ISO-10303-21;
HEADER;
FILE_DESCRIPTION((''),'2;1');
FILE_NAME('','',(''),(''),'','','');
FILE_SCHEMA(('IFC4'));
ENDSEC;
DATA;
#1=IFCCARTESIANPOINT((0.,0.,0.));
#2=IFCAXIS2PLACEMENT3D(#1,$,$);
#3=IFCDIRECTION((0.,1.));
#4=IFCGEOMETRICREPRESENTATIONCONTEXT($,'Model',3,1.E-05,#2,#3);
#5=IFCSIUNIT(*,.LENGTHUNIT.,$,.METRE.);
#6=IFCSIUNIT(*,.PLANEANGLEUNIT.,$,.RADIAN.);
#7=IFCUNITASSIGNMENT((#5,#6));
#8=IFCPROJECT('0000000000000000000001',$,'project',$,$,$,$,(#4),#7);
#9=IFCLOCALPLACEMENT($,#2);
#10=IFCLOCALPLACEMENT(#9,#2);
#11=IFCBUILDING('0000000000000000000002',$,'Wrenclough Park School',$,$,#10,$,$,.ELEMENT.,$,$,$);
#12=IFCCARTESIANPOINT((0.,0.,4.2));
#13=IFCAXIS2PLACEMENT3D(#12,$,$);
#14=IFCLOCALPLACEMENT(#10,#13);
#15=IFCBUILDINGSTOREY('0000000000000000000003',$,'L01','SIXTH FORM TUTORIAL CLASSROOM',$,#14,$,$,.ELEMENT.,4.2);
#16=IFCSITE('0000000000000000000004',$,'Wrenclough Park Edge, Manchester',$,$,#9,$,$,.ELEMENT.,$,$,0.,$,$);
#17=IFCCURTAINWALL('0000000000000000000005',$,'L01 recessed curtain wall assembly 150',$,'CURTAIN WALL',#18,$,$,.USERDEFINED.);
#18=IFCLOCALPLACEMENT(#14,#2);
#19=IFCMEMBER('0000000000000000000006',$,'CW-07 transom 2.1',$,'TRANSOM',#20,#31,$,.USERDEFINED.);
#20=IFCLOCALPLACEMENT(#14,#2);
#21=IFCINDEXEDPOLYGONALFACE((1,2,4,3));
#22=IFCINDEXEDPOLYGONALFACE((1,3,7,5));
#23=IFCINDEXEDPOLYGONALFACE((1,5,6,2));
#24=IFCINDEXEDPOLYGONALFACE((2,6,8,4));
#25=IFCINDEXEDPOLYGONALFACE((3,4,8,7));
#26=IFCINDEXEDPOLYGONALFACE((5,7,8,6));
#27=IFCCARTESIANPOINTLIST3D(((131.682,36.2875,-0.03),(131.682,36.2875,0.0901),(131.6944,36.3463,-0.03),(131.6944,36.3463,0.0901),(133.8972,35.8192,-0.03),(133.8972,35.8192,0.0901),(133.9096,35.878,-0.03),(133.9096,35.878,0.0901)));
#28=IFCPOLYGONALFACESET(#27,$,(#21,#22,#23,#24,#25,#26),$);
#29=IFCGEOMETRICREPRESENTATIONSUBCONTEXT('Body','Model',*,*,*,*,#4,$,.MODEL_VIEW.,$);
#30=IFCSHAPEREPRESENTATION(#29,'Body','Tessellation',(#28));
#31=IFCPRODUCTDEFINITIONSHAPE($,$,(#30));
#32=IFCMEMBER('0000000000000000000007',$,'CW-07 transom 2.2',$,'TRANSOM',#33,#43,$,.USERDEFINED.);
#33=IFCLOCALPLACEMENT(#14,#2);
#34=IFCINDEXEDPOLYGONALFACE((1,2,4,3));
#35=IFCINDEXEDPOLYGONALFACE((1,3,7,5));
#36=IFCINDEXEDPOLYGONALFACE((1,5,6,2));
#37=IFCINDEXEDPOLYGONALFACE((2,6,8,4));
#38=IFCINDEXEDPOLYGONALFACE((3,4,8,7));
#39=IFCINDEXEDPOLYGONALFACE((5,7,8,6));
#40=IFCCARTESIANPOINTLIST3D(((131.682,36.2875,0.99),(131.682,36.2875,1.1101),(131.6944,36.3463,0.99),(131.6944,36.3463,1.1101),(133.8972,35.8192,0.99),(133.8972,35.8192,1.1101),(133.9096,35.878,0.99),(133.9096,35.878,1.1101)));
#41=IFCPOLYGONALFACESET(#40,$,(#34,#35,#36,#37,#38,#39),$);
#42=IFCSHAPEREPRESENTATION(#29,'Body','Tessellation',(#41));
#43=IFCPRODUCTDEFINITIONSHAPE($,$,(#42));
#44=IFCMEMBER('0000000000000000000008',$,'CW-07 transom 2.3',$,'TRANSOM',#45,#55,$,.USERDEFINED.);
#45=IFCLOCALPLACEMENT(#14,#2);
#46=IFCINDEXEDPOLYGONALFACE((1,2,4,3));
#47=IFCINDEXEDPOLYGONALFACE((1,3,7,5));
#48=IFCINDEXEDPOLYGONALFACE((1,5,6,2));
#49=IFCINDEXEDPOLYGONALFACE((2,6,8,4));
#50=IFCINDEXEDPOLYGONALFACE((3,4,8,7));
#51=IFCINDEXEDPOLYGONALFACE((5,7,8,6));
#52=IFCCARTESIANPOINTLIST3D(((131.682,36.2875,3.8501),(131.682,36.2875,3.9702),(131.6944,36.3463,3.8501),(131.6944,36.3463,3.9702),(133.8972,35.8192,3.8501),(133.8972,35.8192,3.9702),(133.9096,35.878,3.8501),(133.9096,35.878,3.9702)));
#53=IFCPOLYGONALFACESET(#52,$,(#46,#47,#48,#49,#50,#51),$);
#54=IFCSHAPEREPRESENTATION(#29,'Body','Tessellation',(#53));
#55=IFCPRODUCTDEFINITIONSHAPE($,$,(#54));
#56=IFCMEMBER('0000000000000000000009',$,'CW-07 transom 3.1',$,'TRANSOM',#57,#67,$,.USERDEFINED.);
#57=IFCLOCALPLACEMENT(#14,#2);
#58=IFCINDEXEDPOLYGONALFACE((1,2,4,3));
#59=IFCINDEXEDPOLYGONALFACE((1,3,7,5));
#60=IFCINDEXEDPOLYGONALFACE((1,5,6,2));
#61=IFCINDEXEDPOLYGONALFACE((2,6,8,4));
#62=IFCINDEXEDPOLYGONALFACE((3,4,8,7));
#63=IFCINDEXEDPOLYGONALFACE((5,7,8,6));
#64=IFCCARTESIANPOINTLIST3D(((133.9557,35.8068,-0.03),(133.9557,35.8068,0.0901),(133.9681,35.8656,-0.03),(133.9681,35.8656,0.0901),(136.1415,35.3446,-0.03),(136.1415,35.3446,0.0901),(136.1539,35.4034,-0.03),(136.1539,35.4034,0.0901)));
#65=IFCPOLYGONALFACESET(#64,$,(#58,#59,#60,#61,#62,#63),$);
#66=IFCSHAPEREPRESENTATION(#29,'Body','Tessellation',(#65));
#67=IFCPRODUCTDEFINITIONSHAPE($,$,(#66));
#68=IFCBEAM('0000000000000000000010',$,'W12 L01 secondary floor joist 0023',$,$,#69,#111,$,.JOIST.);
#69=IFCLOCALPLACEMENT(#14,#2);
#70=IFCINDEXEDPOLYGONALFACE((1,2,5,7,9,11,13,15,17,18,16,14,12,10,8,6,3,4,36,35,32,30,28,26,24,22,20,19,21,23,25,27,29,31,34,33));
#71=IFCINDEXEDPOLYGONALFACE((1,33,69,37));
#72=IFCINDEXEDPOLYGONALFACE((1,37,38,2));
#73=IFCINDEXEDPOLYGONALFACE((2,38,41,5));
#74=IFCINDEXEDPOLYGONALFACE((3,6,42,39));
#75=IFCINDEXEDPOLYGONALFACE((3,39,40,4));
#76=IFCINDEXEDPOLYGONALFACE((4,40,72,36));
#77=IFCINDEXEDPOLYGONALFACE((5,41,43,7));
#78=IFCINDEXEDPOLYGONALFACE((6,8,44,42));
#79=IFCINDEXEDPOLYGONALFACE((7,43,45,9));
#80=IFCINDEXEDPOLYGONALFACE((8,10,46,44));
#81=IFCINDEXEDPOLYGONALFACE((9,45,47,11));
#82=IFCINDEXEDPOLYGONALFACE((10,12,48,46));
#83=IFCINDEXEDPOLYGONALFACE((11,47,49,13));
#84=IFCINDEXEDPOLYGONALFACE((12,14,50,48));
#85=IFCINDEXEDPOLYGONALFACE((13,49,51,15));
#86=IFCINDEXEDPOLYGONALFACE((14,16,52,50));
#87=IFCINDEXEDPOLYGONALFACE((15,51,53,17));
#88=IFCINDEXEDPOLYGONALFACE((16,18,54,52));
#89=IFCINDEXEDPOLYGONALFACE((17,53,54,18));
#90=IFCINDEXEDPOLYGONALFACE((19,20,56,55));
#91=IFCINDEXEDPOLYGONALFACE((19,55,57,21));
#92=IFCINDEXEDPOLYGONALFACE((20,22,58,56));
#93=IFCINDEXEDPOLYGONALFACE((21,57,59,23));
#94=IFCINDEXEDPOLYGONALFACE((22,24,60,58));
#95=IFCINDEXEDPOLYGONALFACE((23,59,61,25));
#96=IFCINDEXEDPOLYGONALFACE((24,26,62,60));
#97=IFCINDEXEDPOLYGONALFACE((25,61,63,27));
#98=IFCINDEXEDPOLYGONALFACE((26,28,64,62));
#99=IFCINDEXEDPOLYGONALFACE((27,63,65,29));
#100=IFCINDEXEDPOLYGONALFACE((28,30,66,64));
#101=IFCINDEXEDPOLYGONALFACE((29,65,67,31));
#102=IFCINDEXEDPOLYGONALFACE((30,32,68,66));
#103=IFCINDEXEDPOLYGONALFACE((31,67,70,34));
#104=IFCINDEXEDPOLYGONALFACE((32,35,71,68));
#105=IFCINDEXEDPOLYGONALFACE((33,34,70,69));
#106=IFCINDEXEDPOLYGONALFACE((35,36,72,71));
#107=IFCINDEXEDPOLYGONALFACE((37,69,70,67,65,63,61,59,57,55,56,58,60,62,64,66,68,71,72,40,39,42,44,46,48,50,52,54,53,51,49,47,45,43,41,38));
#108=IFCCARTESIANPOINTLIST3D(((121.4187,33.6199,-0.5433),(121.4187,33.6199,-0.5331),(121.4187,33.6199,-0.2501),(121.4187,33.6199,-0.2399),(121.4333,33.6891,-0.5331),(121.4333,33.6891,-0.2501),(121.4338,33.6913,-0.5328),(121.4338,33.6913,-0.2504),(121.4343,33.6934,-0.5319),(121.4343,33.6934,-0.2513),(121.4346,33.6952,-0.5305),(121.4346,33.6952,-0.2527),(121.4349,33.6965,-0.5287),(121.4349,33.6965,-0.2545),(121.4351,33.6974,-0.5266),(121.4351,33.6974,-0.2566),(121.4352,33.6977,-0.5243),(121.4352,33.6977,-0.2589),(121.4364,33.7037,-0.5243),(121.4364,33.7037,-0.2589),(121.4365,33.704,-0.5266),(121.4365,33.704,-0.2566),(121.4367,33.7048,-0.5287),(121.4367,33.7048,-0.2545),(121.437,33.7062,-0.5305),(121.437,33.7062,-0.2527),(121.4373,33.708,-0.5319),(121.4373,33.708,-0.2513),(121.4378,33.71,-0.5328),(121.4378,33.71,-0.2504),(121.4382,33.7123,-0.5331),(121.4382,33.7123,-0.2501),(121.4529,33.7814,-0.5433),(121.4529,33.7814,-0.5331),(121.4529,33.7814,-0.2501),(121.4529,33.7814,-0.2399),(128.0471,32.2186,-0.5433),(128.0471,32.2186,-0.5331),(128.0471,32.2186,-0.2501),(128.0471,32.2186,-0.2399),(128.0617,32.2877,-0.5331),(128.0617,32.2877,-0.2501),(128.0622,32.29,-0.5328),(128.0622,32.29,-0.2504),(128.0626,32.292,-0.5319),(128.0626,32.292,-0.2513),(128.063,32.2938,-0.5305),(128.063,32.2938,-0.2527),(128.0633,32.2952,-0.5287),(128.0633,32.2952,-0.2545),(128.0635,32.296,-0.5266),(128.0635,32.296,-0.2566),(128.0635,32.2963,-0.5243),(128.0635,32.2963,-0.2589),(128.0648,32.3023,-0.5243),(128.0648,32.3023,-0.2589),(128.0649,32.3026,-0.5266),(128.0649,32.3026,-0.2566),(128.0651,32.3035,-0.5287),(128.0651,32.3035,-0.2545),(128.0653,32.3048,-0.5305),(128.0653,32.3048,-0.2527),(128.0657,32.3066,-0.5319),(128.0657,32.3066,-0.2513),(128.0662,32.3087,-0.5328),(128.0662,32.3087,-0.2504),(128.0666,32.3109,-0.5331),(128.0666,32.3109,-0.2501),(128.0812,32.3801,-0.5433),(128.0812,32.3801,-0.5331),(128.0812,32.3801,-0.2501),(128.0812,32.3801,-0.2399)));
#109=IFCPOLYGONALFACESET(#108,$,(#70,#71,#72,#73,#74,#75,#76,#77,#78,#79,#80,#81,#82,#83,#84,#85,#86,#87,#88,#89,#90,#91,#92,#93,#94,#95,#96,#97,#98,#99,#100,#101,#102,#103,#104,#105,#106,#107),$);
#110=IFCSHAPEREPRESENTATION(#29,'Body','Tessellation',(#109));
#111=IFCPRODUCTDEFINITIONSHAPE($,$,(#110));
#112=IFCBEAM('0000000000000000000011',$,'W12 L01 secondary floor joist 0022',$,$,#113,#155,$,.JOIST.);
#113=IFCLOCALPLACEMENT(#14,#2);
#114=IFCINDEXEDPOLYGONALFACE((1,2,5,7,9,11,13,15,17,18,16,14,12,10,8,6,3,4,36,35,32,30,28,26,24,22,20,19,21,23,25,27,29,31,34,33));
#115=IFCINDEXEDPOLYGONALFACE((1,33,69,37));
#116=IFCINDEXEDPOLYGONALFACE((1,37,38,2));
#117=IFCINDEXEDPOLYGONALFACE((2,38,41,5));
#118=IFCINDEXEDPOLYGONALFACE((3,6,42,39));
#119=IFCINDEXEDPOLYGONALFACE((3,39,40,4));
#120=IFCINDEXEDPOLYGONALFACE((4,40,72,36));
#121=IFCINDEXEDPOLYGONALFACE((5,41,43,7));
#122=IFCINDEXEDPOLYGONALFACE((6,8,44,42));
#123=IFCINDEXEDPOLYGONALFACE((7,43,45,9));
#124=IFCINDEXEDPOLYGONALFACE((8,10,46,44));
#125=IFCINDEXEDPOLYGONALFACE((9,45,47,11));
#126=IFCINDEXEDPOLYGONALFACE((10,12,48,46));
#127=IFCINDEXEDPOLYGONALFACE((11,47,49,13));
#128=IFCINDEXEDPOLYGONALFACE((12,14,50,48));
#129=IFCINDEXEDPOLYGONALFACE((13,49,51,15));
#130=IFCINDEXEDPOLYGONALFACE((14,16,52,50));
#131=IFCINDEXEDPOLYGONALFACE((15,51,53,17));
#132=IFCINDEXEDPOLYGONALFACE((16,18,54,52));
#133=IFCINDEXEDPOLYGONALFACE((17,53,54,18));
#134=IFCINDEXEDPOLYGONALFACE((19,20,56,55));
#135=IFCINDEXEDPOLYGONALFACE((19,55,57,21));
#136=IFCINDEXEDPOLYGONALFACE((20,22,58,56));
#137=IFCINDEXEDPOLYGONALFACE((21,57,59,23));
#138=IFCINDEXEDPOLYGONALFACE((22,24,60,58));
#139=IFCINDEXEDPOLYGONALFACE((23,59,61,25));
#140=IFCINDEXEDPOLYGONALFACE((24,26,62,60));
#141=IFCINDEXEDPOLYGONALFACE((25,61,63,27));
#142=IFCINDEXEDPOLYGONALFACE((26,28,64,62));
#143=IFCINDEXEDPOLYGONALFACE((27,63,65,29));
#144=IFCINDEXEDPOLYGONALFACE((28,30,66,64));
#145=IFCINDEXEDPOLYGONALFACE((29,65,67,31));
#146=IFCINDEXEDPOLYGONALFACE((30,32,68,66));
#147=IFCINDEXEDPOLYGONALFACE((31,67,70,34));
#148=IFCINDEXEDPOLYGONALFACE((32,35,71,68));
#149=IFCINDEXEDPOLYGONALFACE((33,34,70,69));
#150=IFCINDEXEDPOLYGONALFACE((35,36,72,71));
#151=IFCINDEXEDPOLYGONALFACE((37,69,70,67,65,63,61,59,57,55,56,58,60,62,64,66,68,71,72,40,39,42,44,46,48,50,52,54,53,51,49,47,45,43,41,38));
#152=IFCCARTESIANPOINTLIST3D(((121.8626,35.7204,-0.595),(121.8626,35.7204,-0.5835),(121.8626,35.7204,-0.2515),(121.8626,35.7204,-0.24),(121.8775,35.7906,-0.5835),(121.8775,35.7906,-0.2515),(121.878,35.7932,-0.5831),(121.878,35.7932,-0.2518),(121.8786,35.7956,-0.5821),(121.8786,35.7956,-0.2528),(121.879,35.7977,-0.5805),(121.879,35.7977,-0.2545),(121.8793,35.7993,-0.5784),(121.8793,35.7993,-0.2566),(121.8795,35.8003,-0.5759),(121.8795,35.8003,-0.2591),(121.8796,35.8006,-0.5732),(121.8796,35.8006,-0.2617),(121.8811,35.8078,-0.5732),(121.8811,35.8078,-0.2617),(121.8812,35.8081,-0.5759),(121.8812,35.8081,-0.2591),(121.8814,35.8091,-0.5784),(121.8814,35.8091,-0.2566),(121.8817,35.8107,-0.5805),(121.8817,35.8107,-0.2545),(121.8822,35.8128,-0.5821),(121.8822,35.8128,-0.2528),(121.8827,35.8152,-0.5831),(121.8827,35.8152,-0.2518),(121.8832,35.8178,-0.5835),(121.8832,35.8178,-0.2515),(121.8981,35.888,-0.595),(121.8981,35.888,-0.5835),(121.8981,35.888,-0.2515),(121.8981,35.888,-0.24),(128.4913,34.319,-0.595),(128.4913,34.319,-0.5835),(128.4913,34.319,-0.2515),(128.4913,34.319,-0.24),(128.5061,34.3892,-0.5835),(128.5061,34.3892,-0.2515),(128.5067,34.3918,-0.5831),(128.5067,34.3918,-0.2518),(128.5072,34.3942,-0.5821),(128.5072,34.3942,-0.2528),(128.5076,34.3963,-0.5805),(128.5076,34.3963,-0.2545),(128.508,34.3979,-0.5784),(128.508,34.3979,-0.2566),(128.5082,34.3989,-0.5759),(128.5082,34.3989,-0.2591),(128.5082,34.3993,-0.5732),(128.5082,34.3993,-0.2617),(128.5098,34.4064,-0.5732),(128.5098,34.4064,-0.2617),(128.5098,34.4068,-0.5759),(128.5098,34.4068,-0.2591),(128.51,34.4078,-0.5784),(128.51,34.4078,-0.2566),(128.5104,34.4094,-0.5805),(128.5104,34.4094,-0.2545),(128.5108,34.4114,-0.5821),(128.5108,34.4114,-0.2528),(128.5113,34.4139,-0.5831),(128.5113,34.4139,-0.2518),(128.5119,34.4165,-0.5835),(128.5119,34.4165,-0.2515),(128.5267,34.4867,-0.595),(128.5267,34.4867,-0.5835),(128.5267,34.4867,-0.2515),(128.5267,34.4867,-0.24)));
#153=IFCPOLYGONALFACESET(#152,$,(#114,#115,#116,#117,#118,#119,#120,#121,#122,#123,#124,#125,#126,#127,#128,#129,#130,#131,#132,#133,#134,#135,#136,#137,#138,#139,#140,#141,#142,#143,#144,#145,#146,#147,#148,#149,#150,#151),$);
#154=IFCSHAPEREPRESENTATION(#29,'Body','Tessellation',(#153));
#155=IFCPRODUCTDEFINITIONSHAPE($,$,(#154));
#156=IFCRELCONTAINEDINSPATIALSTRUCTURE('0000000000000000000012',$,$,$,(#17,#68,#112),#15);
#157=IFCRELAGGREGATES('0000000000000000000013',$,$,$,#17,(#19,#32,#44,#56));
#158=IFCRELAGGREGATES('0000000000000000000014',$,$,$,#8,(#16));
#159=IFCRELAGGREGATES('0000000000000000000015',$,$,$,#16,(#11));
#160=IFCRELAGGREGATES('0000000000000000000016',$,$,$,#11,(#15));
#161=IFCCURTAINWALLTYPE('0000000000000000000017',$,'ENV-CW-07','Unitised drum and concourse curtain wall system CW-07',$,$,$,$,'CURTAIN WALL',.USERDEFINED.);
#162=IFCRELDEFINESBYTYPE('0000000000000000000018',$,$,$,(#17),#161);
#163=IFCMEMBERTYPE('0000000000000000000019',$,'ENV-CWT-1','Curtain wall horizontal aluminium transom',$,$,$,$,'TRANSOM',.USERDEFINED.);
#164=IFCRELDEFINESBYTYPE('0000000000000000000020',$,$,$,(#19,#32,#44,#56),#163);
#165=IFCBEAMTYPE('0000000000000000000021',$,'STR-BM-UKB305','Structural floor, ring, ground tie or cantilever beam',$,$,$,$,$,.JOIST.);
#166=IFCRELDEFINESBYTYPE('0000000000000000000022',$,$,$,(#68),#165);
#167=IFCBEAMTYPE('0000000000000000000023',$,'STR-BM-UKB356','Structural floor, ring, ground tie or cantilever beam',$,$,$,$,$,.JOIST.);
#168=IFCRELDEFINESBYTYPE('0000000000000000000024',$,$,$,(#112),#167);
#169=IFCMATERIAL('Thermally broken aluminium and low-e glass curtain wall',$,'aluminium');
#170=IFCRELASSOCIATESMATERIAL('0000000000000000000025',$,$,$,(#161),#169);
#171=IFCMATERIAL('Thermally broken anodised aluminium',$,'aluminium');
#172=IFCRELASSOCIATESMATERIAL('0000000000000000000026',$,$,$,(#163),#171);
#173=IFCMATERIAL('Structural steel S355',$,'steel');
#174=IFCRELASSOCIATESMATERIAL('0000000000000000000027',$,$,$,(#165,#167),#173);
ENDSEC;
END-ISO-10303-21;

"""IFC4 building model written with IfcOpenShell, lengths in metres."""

from ifc_helpers import new_model, si_unit, direction, frame, origin, origin_2d, place, context, subcontext, project, spatial, rectangle, i_section, extrude, material, material_profile, profile_set, type_object, element, aggregate, save


model = new_model("IFC4")

# Units and contexts
model_context = context("Model", 3, precision=1e-05, world=origin(), true_north=direction((0.0, 1.0)))
body_context = subcontext(model_context, "Body", "Model", "MODEL_VIEW")
ifc_project = project(units=[si_unit("LENGTHUNIT", "METRE"), si_unit("PLANEANGLEUNIT", "RADIAN")], contexts=[model_context])

# Site, building, storey
site_placement = place(None, origin())
site = spatial("IfcSite", under=ifc_project, at=site_placement, Name="Wrenclough Park Edge, Manchester", CompositionType="ELEMENT", RefElevation=0.0)
building_placement = place(site_placement, origin())
building = spatial("IfcBuilding", under=site, at=building_placement, Name="Wrenclough Park School", CompositionType="ELEMENT")
storey_placement = place(building_placement, frame((0.0, 0.0, 4.2)))
storey = spatial("IfcBuildingStorey", under=building, at=storey_placement, Name="L01", Description="SIXTH FORM TUTORIAL CLASSROOM", CompositionType="ELEMENT", Elevation=4.2)

# Shared definitions
ifc_material_1 = material(Name="Structural steel S355", Category="steel")

# Curtain wall
ifc_material_2 = material(Name="Thermally broken aluminium and low-e glass curtain wall", Category="aluminium")
curtain_wall_type_1 = type_object("IfcCurtainWallType", Name="ENV-CW-07", Description="Unitised drum and concourse curtain wall system CW-07", ElementType="CURTAIN WALL", PredefinedType="USERDEFINED", material=ifc_material_2)
curtain_wall_1_placement = place(storey_placement, origin())
curtain_wall_1 = element("IfcCurtainWall", 1, at=curtain_wall_1_placement, inside=storey, type_object=curtain_wall_type_1, Name="L01 recessed curtain wall assembly 150", ObjectType="CURTAIN WALL", PredefinedType="USERDEFINED")
ifc_material_3 = material(Name="Thermally broken anodised aluminium", Category="aluminium")

# Members
ifc_material_profile_1 = material_profile(ifc_material_3, rectangle(XDim=0.0601, YDim=0.1201, at=origin_2d()), Name="AL TRANSOM 60x120")
ifc_profile_set_1 = profile_set([ifc_material_profile_1], Name="Thermally broken anodised aluminium")
member_type_1 = type_object("IfcMemberType", Name="ENV-CWT-1", Description="Curtain wall horizontal aluminium transom", ElementType="TRANSOM", PredefinedType="USERDEFINED", material=ifc_profile_set_1)
member_1_placement = place(storey_placement, frame((131.6882, 36.3169, 0.03), z_axis=(0.978378, -0.206826, 0.0), x_axis=(0.206826, 0.978378, 0.0)))
member_1 = element("IfcMember", 2, at=member_1_placement, type_object=member_type_1, Name="CW-07 transom 2.1", ObjectType="TRANSOM", PredefinedType="USERDEFINED", context=body_context, shape_type="SweptSolid", body=[
    extrude(rectangle(XDim=0.0601, YDim=0.1201, at=origin_2d()), origin(), (0.0, 0.0, 1.0), 2.2642),
])
member_2_placement = place(storey_placement, frame((131.6882, 36.3169, 1.05), z_axis=(0.978378, -0.206826, 0.0), x_axis=(0.206826, 0.978378, 0.0)))
member_2 = element("IfcMember", 3, at=member_2_placement, type_object=member_type_1, Name="CW-07 transom 2.2", ObjectType="TRANSOM", PredefinedType="USERDEFINED", context=body_context, shape_type="SweptSolid", body=[
    extrude(rectangle(XDim=0.0601, YDim=0.1201, at=origin_2d()), origin(), (0.0, 0.0, 1.0), 2.2642),
])
member_3_placement = place(storey_placement, frame((131.6882, 36.3169, 3.9102), z_axis=(0.978378, -0.206826, 0.0), x_axis=(0.206826, 0.978378, 0.0)))
member_3 = element("IfcMember", 4, at=member_3_placement, type_object=member_type_1, Name="CW-07 transom 2.3", ObjectType="TRANSOM", PredefinedType="USERDEFINED", context=body_context, shape_type="SweptSolid", body=[
    extrude(rectangle(XDim=0.0601, YDim=0.1201, at=origin_2d()), origin(), (0.0, 0.0, 1.0), 2.2642),
])
member_4_placement = place(storey_placement, frame((133.9619, 35.8362, 0.03), z_axis=(0.97837, -0.206864, 0.0), x_axis=(0.206864, 0.97837, 0.0)))
member_4 = element("IfcMember", 5, at=member_4_placement, type_object=member_type_1, Name="CW-07 transom 3.1", ObjectType="TRANSOM", PredefinedType="USERDEFINED", context=body_context, shape_type="SweptSolid", body=[
    extrude(rectangle(XDim=0.0601, YDim=0.1201, at=origin_2d()), origin(), (0.0, 0.0, 1.0), 2.2341),
])

# Beams
ifc_material_profile_2 = material_profile(ifc_material_1, i_section(OverallWidth=0.165, OverallDepth=0.3035, WebThickness=0.0061, FlangeThickness=0.0103, FilletRadius=0.0088, at=origin_2d()), Name="UKB 305x165x40")
ifc_profile_set_2 = profile_set([ifc_material_profile_2], Name="Structural steel S355")
beam_type_1 = type_object("IfcBeamType", Name="STR-BM-UKB305", Description="Structural floor, ring, ground tie or cantilever beam", PredefinedType="JOIST", material=ifc_profile_set_2)
beam_1_placement = place(storey_placement, frame((121.4358, 33.7007, -0.3916), z_axis=(0.978374, -0.206846, 0.0), x_axis=(0.206846, 0.978374, 0.0)))
element("IfcBeam", 6, at=beam_1_placement, inside=storey, type_object=beam_type_1, Name="W12 L01 secondary floor joist 0023", PredefinedType="JOIST", context=body_context, shape_type="SweptSolid", body=[
    extrude(i_section(OverallWidth=0.165, OverallDepth=0.3035, WebThickness=0.0061, FlangeThickness=0.0103, FilletRadius=0.0088, at=origin_2d()), origin(), (0.0, 0.0, 1.0), 6.7749),
])
ifc_material_profile_3 = material_profile(ifc_material_1, i_section(OverallWidth=0.1714, OverallDepth=0.355, WebThickness=0.0073, FlangeThickness=0.0115, FilletRadius=0.0103, at=origin_2d()), Name="UKB 356x171x51")
ifc_profile_set_3 = profile_set([ifc_material_profile_3], Name="Structural steel S355")
beam_type_2 = type_object("IfcBeamType", Name="STR-BM-UKB356", Description="Structural floor, ring, ground tie or cantilever beam", PredefinedType="JOIST", material=ifc_profile_set_3)
beam_2_placement = place(storey_placement, frame((121.8804, 35.8042, -0.4175), z_axis=(0.978375, -0.206839, 0.0), x_axis=(0.206839, 0.978375, 0.0)))
element("IfcBeam", 7, at=beam_2_placement, inside=storey, type_object=beam_type_2, Name="W12 L01 secondary floor joist 0022", PredefinedType="JOIST", context=body_context, shape_type="SweptSolid", body=[
    extrude(i_section(OverallWidth=0.1714, OverallDepth=0.355, WebThickness=0.0073, FlangeThickness=0.0115, FilletRadius=0.0103, at=origin_2d()), origin(), (0.0, 0.0, 1.0), 6.7751),
])

aggregate(curtain_wall_1, [member_1, member_2, member_3, member_4])

save(model, "model.ifc")
